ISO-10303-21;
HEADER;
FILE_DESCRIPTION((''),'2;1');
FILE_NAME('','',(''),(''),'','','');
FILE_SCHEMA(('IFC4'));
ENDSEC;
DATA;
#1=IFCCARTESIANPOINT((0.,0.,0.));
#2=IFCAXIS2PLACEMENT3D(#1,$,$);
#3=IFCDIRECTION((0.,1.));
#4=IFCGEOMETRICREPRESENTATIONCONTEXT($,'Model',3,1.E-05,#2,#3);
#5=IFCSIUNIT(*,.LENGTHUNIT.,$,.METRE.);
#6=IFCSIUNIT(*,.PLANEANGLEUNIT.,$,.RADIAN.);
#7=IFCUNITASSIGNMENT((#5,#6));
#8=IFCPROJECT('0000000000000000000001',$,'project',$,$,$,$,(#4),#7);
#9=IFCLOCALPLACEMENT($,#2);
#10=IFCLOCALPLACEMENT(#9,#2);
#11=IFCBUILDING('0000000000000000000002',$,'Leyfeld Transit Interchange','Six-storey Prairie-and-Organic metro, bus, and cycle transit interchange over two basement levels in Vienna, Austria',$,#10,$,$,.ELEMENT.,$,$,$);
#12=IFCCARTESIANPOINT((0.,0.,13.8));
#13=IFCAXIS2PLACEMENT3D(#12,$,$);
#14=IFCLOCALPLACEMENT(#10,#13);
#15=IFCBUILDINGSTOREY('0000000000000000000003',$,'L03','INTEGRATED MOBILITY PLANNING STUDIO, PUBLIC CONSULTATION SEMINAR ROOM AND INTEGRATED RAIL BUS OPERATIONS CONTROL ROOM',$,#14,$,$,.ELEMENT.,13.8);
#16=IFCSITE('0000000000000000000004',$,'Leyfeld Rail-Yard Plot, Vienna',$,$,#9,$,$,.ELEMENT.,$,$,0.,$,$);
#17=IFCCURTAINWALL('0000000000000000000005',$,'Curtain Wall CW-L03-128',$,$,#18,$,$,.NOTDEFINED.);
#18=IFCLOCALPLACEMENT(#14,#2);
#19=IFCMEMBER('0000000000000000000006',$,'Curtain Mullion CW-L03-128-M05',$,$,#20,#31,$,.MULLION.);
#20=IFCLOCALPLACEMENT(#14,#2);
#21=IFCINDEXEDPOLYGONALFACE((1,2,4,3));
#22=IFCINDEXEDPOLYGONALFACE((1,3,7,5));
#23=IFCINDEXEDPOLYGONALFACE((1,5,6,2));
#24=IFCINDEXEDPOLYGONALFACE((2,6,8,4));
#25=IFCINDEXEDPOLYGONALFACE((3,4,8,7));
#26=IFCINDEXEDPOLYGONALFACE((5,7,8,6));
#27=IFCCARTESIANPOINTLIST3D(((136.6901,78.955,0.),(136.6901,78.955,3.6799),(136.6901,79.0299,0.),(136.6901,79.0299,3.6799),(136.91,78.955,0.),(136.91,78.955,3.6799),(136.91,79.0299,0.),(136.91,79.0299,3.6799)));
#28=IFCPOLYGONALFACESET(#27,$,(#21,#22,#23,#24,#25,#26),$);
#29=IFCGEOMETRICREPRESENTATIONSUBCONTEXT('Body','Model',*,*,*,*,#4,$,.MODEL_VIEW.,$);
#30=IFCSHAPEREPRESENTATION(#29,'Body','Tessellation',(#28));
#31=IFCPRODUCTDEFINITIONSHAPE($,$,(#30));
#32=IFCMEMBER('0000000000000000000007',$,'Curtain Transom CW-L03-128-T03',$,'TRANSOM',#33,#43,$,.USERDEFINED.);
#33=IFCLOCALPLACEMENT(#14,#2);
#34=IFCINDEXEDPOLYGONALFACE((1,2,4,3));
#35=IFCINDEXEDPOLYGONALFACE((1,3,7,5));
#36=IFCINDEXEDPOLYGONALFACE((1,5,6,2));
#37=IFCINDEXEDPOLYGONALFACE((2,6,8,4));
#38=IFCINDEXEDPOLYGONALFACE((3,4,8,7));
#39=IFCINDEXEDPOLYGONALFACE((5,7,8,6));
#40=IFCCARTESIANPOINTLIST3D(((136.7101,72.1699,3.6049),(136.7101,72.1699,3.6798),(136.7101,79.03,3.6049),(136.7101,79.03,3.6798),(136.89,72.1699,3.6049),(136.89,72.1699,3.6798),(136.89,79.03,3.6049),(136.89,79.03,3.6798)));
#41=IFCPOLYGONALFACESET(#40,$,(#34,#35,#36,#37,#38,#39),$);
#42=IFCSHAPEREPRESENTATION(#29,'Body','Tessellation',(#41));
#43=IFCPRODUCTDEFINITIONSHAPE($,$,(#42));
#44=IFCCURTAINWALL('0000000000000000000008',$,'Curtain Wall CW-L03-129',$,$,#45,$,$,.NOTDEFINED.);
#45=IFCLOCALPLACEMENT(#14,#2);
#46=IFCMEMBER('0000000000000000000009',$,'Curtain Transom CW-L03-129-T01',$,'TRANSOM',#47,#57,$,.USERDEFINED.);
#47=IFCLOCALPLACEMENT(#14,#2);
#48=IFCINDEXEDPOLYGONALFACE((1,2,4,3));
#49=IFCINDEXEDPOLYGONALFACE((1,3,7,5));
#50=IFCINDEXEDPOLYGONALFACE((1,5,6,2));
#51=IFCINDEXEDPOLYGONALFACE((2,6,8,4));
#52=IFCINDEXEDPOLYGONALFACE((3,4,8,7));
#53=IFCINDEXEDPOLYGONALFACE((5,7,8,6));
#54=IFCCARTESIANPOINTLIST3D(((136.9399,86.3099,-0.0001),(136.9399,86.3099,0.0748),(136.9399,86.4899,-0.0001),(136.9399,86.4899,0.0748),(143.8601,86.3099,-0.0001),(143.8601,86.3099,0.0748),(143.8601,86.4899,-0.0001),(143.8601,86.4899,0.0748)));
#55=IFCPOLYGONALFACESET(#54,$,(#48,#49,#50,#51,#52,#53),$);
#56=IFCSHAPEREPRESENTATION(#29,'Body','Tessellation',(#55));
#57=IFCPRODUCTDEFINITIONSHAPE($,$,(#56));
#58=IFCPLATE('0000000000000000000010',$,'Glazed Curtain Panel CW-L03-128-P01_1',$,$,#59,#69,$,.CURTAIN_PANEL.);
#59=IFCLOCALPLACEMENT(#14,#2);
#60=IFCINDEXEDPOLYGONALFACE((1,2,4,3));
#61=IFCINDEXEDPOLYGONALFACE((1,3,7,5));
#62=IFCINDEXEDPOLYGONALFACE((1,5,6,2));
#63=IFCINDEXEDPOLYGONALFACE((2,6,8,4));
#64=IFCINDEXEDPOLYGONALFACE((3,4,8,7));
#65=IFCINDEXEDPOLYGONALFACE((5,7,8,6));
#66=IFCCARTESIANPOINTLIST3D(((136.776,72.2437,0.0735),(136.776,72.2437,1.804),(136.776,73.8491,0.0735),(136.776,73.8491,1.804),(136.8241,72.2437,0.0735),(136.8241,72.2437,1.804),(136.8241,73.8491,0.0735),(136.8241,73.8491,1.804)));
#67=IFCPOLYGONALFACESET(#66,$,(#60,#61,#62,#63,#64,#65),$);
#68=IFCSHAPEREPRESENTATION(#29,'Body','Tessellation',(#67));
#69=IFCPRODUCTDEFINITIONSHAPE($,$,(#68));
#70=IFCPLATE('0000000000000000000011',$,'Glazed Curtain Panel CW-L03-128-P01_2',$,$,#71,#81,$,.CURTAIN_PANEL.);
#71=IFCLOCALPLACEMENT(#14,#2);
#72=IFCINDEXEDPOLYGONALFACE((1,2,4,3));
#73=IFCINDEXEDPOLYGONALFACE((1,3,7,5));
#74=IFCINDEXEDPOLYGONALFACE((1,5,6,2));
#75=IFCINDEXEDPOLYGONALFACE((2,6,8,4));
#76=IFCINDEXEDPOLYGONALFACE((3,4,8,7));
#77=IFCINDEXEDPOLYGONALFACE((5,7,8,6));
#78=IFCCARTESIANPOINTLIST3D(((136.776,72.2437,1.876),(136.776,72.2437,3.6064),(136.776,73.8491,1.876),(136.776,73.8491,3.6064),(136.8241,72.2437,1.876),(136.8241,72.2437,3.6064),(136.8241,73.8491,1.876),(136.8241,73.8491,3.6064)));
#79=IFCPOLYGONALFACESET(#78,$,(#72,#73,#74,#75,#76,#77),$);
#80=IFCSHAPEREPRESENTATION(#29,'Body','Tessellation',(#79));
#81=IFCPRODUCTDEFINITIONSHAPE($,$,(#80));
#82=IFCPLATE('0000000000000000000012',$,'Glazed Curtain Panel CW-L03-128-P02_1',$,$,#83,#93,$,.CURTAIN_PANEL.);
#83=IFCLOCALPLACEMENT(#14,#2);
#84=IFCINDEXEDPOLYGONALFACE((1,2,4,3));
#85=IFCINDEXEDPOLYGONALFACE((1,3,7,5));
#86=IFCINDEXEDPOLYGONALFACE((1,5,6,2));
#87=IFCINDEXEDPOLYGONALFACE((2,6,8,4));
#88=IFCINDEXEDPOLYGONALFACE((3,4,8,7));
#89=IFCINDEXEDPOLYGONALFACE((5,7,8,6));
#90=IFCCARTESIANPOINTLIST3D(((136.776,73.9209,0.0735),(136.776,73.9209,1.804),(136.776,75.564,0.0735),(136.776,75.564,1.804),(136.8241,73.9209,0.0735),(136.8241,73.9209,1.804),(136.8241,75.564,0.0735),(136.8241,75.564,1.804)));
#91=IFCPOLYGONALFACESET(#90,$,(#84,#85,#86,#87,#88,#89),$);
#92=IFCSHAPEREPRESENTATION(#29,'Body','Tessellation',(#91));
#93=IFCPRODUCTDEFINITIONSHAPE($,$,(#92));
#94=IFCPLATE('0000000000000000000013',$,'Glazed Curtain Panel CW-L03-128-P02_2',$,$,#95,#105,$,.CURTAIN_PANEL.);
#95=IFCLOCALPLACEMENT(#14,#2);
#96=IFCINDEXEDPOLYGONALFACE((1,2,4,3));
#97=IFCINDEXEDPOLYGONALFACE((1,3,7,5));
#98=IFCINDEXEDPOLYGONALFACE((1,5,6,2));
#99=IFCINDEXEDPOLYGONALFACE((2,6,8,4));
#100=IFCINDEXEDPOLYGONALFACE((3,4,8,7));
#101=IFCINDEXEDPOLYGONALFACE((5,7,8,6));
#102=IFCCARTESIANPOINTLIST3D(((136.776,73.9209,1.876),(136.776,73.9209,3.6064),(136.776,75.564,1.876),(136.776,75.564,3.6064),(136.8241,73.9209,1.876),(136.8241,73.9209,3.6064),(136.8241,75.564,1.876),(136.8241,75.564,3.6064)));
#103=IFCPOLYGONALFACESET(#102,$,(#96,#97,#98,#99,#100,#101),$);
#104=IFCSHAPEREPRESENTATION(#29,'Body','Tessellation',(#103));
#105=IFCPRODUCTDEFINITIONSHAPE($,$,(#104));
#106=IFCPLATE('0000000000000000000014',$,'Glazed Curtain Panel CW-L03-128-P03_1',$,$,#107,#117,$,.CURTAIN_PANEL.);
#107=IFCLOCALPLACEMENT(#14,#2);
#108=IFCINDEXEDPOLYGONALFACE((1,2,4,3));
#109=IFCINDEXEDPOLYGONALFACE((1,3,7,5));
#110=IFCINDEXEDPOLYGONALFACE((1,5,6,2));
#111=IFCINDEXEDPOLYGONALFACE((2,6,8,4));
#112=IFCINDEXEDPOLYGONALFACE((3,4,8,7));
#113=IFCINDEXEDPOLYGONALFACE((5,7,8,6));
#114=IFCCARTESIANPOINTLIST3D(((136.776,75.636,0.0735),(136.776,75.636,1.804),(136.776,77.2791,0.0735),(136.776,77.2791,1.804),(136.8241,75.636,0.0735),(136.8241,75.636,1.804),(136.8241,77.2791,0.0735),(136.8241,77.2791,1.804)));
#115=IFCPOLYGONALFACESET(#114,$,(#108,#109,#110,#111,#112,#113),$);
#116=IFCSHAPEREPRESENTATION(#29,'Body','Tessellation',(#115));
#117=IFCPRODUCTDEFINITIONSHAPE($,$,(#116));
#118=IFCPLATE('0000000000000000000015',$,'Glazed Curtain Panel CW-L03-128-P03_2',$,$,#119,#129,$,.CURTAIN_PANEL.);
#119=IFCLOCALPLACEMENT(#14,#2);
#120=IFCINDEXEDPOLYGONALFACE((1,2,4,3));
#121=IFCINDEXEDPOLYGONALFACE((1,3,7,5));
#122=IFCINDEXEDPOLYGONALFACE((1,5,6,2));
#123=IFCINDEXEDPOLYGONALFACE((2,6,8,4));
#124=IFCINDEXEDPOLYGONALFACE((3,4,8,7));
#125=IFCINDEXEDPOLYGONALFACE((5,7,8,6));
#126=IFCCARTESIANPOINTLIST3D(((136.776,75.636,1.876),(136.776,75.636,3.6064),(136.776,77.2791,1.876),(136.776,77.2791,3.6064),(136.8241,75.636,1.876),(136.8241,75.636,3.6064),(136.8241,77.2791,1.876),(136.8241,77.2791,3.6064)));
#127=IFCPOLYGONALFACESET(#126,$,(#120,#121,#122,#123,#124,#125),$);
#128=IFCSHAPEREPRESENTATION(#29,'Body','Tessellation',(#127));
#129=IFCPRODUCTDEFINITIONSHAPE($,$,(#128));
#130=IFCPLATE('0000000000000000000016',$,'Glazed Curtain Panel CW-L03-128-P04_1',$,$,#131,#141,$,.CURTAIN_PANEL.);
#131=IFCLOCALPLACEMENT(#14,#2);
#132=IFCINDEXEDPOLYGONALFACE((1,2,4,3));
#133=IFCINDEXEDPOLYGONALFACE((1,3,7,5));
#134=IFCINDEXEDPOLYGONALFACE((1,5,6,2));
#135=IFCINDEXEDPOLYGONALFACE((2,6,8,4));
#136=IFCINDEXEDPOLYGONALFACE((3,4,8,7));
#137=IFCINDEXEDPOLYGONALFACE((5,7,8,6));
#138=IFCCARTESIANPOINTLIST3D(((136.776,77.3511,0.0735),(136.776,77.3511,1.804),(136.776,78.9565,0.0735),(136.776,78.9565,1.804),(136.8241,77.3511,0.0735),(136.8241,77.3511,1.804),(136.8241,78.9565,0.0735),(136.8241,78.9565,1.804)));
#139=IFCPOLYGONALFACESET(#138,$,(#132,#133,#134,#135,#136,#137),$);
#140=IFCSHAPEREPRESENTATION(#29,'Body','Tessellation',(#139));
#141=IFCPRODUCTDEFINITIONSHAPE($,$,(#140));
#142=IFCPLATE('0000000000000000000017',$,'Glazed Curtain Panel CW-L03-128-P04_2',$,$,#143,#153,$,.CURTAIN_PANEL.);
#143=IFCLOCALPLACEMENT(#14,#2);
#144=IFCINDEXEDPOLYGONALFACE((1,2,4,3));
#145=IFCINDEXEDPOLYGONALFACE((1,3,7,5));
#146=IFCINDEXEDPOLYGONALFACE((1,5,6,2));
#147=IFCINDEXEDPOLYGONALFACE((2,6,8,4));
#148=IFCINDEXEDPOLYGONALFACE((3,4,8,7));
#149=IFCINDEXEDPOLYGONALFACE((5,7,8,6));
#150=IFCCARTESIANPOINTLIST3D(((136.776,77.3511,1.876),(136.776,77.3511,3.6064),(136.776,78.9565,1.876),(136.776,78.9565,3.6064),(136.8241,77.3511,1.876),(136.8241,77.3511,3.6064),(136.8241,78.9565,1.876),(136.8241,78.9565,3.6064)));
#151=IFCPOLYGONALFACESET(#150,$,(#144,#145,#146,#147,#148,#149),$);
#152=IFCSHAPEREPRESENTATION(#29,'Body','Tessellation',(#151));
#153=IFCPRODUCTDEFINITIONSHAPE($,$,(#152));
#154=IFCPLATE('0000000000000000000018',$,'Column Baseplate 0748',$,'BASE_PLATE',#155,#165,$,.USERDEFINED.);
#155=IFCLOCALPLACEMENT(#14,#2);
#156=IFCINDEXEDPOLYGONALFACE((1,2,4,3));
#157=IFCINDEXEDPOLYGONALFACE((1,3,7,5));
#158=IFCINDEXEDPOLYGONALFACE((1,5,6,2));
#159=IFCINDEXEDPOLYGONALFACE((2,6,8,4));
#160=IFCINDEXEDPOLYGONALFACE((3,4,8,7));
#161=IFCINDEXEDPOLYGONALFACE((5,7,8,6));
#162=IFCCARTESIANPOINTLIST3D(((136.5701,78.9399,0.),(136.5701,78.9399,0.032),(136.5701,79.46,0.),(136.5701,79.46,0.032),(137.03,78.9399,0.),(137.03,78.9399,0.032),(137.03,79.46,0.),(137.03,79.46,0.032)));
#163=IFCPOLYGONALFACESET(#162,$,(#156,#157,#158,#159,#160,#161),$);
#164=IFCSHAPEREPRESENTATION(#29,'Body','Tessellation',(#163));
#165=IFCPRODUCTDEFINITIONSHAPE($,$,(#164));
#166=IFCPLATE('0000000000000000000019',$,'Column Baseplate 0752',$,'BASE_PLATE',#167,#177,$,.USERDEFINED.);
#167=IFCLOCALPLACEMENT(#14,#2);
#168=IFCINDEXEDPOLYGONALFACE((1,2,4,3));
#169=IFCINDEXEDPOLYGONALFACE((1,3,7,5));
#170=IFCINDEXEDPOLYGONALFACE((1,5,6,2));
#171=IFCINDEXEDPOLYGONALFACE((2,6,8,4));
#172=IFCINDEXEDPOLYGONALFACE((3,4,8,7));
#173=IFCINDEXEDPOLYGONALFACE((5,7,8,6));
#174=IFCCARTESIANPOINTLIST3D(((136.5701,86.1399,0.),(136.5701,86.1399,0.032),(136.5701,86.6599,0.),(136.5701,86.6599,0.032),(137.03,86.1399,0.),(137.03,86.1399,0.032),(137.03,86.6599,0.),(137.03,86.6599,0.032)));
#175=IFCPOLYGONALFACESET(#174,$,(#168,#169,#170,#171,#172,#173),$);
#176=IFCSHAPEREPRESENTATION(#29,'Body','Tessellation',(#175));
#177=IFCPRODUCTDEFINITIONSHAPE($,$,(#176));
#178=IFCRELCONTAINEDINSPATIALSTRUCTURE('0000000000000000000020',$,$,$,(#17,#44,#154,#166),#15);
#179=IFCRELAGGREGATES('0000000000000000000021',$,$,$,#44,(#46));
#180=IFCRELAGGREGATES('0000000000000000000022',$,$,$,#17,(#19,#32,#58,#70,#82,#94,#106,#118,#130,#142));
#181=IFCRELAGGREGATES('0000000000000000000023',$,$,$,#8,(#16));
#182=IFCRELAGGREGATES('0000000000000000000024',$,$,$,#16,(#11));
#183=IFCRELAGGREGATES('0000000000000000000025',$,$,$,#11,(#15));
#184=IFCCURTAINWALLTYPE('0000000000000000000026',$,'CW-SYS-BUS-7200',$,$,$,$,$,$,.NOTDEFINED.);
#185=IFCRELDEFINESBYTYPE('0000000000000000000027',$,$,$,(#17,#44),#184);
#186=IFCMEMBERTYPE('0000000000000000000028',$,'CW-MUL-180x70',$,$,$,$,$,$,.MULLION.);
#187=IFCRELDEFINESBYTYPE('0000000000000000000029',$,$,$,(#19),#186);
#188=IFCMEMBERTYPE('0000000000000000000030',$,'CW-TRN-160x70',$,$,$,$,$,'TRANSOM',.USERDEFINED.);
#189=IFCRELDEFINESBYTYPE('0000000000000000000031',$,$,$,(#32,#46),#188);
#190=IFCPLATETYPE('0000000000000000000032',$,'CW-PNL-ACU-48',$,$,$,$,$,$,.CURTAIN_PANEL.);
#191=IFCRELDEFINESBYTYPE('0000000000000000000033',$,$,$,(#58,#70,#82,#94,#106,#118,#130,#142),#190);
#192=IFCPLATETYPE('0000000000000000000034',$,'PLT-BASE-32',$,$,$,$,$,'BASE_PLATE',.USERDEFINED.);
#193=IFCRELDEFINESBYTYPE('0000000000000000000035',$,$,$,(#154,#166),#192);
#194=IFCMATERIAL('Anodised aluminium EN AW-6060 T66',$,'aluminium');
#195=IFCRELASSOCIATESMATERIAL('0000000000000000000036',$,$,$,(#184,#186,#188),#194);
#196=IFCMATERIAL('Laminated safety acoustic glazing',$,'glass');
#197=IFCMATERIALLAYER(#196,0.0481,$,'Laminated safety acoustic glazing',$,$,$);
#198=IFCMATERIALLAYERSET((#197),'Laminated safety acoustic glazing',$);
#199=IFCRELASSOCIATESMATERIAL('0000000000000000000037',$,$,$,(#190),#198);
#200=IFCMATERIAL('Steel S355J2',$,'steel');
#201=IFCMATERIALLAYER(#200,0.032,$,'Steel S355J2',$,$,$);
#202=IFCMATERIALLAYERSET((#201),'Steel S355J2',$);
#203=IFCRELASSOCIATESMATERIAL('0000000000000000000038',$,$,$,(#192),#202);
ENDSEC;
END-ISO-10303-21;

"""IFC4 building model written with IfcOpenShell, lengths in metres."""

from ifc_helpers import new_model, si_unit, direction, frame, origin, origin_2d, place, context, subcontext, project, spatial, rectangle, extrude, material, layer, layer_set, material_profile, profile_set, type_object, element, aggregate, save


model = new_model("IFC4")

# Units and contexts
model_context = context("Model", 3, precision=1e-05, world=origin(), true_north=direction((0.0, 1.0)))
body_context = subcontext(model_context, "Body", "Model", "MODEL_VIEW")
ifc_project = project(units=[si_unit("LENGTHUNIT", "METRE"), si_unit("PLANEANGLEUNIT", "RADIAN")], contexts=[model_context])

# Site, building, storey
site_placement = place(None, origin())
site = spatial("IfcSite", under=ifc_project, at=site_placement, Name="Leyfeld Rail-Yard Plot, Vienna", CompositionType="ELEMENT", RefElevation=0.0)
building_placement = place(site_placement, origin())
building = spatial("IfcBuilding", under=site, at=building_placement, Name="Leyfeld Transit Interchange", Description="Six-storey Prairie-and-Organic metro, bus, and cycle transit interchange over two basement levels in Vienna, Austria", CompositionType="ELEMENT")
storey_placement = place(building_placement, frame((0.0, 0.0, 13.8)))
storey = spatial("IfcBuildingStorey", under=building, at=storey_placement, Name="L03", Description="INTEGRATED MOBILITY PLANNING STUDIO, PUBLIC CONSULTATION SEMINAR ROOM AND INTEGRATED RAIL BUS OPERATIONS CONTROL ROOM", CompositionType="ELEMENT", Elevation=13.8)

# Shared definitions
ifc_material_1 = material(Name="Steel S355J2", Category="steel")

# Curtain wall, members
ifc_material_2 = material(Name="Anodised aluminium EN AW-6060 T66", Category="aluminium")
curtain_wall_type = type_object("IfcCurtainWallType", Name="CW-SYS-BUS-7200", PredefinedType="NOTDEFINED", material=ifc_material_2)
curtain_wall_1_placement = place(storey_placement, origin())
curtain_wall_1 = element("IfcCurtainWall", 1, at=curtain_wall_1_placement, inside=storey, type_object=curtain_wall_type, Name="Curtain Wall CW-L03-128", PredefinedType="NOTDEFINED")
ifc_material_profile_1 = material_profile(ifc_material_2, rectangle(XDim=0.075, YDim=0.22, at=origin_2d()), Name="CW-M 75x220")
ifc_profile_set_1 = profile_set([ifc_material_profile_1], Name="Anodised aluminium EN AW-6060 T66")
member_type_1 = type_object("IfcMemberType", Name="CW-MUL-180x70", PredefinedType="MULLION", material=ifc_profile_set_1)
member_1_placement = place(storey_placement, frame((136.8, 78.9924, 0.0), z_axis=(0.0, 0.0, 1.0), x_axis=(0.0, 1.0, 0.0)))
member_1 = element("IfcMember", 2, at=member_1_placement, type_object=member_type_1, Name="Curtain Mullion CW-L03-128-M05", PredefinedType="MULLION", context=body_context, shape_type="SweptSolid", body=[
    extrude(rectangle(XDim=0.075, YDim=0.22, at=origin_2d()), origin(), (0.0, 0.0, 1.0), 3.6799),
])
ifc_material_profile_2 = material_profile(ifc_material_2, rectangle(XDim=0.1799, YDim=0.075, at=origin_2d()), Name="CW-TRN-160x70")
ifc_profile_set_2 = profile_set([ifc_material_profile_2], Name="Anodised aluminium EN AW-6060 T66")
member_type_2 = type_object("IfcMemberType", Name="CW-TRN-160x70", ElementType="TRANSOM", PredefinedType="USERDEFINED", material=ifc_profile_set_2)
member_2_placement = place(storey_placement, frame((136.8, 72.1699, 3.6423), z_axis=(0.0, 1.0, 0.0), x_axis=(-1.0, 0.0, 0.0)))
member_2 = element("IfcMember", 3, at=member_2_placement, type_object=member_type_2, Name="Curtain Transom CW-L03-128-T03", ObjectType="TRANSOM", PredefinedType="USERDEFINED", context=body_context, shape_type="SweptSolid", body=[
    extrude(rectangle(XDim=0.1799, YDim=0.075, at=origin_2d()), origin(), (0.0, 0.0, 1.0), 6.8601),
])

# Curtain wall, member
curtain_wall_2_placement = place(storey_placement, origin())
curtain_wall_2 = element("IfcCurtainWall", 4, at=curtain_wall_2_placement, inside=storey, type_object=curtain_wall_type, Name="Curtain Wall CW-L03-129", PredefinedType="NOTDEFINED")
member_3_placement = place(storey_placement, frame((136.9399, 86.3999, 0.0374), z_axis=(1.0, 0.0, 0.0), x_axis=(0.0, 1.0, 0.0)))
member_3 = element("IfcMember", 5, at=member_3_placement, type_object=member_type_2, Name="Curtain Transom CW-L03-129-T01", ObjectType="TRANSOM", PredefinedType="USERDEFINED", context=body_context, shape_type="SweptSolid", body=[
    extrude(rectangle(XDim=0.1799, YDim=0.075, at=origin_2d()), origin(), (0.0, 0.0, 1.0), 6.9202),
])
aggregate(curtain_wall_2, [member_3])

# Plates
ifc_material_3 = material(Name="Laminated safety acoustic glazing", Category="glass")
ifc_layer_1 = layer(ifc_material_3, 0.0481, Name="Laminated safety acoustic glazing")
ifc_layer_set_1 = layer_set([ifc_layer_1], Name="Laminated safety acoustic glazing")
plate_type_1 = type_object("IfcPlateType", Name="CW-PNL-ACU-48", PredefinedType="CURTAIN_PANEL", material=ifc_layer_set_1)
plate_1_placement = place(storey_placement, frame((136.8, 73.0464, 0.0735), z_axis=(0.0, 0.0, 1.0), x_axis=(0.0, 1.0, 0.0)))
plate_1 = element("IfcPlate", 6, at=plate_1_placement, type_object=plate_type_1, Name="Glazed Curtain Panel CW-L03-128-P01_1", PredefinedType="CURTAIN_PANEL", context=body_context, shape_type="SweptSolid", body=[
    extrude(rectangle(XDim=1.6055, YDim=0.0481, at=origin_2d()), origin(), (0.0, 0.0, 1.0), 1.7305),
])
plate_2_placement = place(storey_placement, frame((136.8, 73.0464, 1.876), z_axis=(0.0, 0.0, 1.0), x_axis=(0.0, 1.0, 0.0)))
plate_2 = element("IfcPlate", 7, at=plate_2_placement, type_object=plate_type_1, Name="Glazed Curtain Panel CW-L03-128-P01_2", PredefinedType="CURTAIN_PANEL", context=body_context, shape_type="SweptSolid", body=[
    extrude(rectangle(XDim=1.6055, YDim=0.0481, at=origin_2d()), origin(), (0.0, 0.0, 1.0), 1.7305),
])
plate_3_placement = place(storey_placement, frame((136.8, 74.7424, 0.0735), z_axis=(0.0, 0.0, 1.0), x_axis=(0.0, 1.0, 0.0)))
plate_3 = element("IfcPlate", 8, at=plate_3_placement, type_object=plate_type_1, Name="Glazed Curtain Panel CW-L03-128-P02_1", PredefinedType="CURTAIN_PANEL", context=body_context, shape_type="SweptSolid", body=[
    extrude(rectangle(XDim=1.6431, YDim=0.0481, at=origin_2d()), origin(), (0.0, 0.0, 1.0), 1.7305),
])
plate_4_placement = place(storey_placement, frame((136.8, 74.7424, 1.876), z_axis=(0.0, 0.0, 1.0), x_axis=(0.0, 1.0, 0.0)))
plate_4 = element("IfcPlate", 9, at=plate_4_placement, type_object=plate_type_1, Name="Glazed Curtain Panel CW-L03-128-P02_2", PredefinedType="CURTAIN_PANEL", context=body_context, shape_type="SweptSolid", body=[
    extrude(rectangle(XDim=1.6431, YDim=0.0481, at=origin_2d()), origin(), (0.0, 0.0, 1.0), 1.7305),
])
plate_5_placement = place(storey_placement, frame((136.8, 76.4575, 0.0735), z_axis=(0.0, 0.0, 1.0), x_axis=(0.0, 1.0, 0.0)))
plate_5 = element("IfcPlate", 10, at=plate_5_placement, type_object=plate_type_1, Name="Glazed Curtain Panel CW-L03-128-P03_1", PredefinedType="CURTAIN_PANEL", context=body_context, shape_type="SweptSolid", body=[
    extrude(rectangle(XDim=1.6431, YDim=0.0481, at=origin_2d()), origin(), (0.0, 0.0, 1.0), 1.7305),
])
plate_6_placement = place(storey_placement, frame((136.8, 76.4575, 1.876), z_axis=(0.0, 0.0, 1.0), x_axis=(0.0, 1.0, 0.0)))
plate_6 = element("IfcPlate", 11, at=plate_6_placement, type_object=plate_type_1, Name="Glazed Curtain Panel CW-L03-128-P03_2", PredefinedType="CURTAIN_PANEL", context=body_context, shape_type="SweptSolid", body=[
    extrude(rectangle(XDim=1.6431, YDim=0.0481, at=origin_2d()), origin(), (0.0, 0.0, 1.0), 1.7305),
])
plate_7_placement = place(storey_placement, frame((136.8, 78.1538, 0.0735), z_axis=(0.0, 0.0, 1.0), x_axis=(0.0, 1.0, 0.0)))
plate_7 = element("IfcPlate", 12, at=plate_7_placement, type_object=plate_type_1, Name="Glazed Curtain Panel CW-L03-128-P04_1", PredefinedType="CURTAIN_PANEL", context=body_context, shape_type="SweptSolid", body=[
    extrude(rectangle(XDim=1.6055, YDim=0.0481, at=origin_2d()), origin(), (0.0, 0.0, 1.0), 1.7305),
])
plate_8_placement = place(storey_placement, frame((136.8, 78.1538, 1.876), z_axis=(0.0, 0.0, 1.0), x_axis=(0.0, 1.0, 0.0)))
plate_8 = element("IfcPlate", 13, at=plate_8_placement, type_object=plate_type_1, Name="Glazed Curtain Panel CW-L03-128-P04_2", PredefinedType="CURTAIN_PANEL", context=body_context, shape_type="SweptSolid", body=[
    extrude(rectangle(XDim=1.6055, YDim=0.0481, at=origin_2d()), origin(), (0.0, 0.0, 1.0), 1.7305),
])
aggregate(curtain_wall_1, [member_1, member_2, plate_1, plate_2, plate_3, plate_4, plate_5, plate_6, plate_7, plate_8])

# Plates
ifc_layer_2 = layer(ifc_material_1, 0.032, Name="Steel S355J2")
ifc_layer_set_2 = layer_set([ifc_layer_2], Name="Steel S355J2")
plate_type_2 = type_object("IfcPlateType", Name="PLT-BASE-32", ElementType="BASE_PLATE", PredefinedType="USERDEFINED", material=ifc_layer_set_2)
for number, where, z_axis, x_axis, name in (
    (14, (136.8, 79.2, 0.0), (0.0, 0.0, 1.0), (1.0, 0.0, 0.0), "Column Baseplate 0748"),
    (15, (136.8, 86.3999, 0.0), (0.0, 0.0, 1.0), (1.0, 0.0, 0.0), "Column Baseplate 0752"),
):
    element("IfcPlate", number, at=place(storey_placement, frame(where, z_axis=z_axis, x_axis=x_axis)), inside=storey, type_object=plate_type_2, Name=name, ObjectType="BASE_PLATE", PredefinedType="USERDEFINED", context=body_context, shape_type="SweptSolid", body=[
        extrude(rectangle(XDim=0.46, YDim=0.52, at=origin_2d()), origin(), (0.0, 0.0, 1.0), 0.032),
    ])

save(model, "model.ifc")
